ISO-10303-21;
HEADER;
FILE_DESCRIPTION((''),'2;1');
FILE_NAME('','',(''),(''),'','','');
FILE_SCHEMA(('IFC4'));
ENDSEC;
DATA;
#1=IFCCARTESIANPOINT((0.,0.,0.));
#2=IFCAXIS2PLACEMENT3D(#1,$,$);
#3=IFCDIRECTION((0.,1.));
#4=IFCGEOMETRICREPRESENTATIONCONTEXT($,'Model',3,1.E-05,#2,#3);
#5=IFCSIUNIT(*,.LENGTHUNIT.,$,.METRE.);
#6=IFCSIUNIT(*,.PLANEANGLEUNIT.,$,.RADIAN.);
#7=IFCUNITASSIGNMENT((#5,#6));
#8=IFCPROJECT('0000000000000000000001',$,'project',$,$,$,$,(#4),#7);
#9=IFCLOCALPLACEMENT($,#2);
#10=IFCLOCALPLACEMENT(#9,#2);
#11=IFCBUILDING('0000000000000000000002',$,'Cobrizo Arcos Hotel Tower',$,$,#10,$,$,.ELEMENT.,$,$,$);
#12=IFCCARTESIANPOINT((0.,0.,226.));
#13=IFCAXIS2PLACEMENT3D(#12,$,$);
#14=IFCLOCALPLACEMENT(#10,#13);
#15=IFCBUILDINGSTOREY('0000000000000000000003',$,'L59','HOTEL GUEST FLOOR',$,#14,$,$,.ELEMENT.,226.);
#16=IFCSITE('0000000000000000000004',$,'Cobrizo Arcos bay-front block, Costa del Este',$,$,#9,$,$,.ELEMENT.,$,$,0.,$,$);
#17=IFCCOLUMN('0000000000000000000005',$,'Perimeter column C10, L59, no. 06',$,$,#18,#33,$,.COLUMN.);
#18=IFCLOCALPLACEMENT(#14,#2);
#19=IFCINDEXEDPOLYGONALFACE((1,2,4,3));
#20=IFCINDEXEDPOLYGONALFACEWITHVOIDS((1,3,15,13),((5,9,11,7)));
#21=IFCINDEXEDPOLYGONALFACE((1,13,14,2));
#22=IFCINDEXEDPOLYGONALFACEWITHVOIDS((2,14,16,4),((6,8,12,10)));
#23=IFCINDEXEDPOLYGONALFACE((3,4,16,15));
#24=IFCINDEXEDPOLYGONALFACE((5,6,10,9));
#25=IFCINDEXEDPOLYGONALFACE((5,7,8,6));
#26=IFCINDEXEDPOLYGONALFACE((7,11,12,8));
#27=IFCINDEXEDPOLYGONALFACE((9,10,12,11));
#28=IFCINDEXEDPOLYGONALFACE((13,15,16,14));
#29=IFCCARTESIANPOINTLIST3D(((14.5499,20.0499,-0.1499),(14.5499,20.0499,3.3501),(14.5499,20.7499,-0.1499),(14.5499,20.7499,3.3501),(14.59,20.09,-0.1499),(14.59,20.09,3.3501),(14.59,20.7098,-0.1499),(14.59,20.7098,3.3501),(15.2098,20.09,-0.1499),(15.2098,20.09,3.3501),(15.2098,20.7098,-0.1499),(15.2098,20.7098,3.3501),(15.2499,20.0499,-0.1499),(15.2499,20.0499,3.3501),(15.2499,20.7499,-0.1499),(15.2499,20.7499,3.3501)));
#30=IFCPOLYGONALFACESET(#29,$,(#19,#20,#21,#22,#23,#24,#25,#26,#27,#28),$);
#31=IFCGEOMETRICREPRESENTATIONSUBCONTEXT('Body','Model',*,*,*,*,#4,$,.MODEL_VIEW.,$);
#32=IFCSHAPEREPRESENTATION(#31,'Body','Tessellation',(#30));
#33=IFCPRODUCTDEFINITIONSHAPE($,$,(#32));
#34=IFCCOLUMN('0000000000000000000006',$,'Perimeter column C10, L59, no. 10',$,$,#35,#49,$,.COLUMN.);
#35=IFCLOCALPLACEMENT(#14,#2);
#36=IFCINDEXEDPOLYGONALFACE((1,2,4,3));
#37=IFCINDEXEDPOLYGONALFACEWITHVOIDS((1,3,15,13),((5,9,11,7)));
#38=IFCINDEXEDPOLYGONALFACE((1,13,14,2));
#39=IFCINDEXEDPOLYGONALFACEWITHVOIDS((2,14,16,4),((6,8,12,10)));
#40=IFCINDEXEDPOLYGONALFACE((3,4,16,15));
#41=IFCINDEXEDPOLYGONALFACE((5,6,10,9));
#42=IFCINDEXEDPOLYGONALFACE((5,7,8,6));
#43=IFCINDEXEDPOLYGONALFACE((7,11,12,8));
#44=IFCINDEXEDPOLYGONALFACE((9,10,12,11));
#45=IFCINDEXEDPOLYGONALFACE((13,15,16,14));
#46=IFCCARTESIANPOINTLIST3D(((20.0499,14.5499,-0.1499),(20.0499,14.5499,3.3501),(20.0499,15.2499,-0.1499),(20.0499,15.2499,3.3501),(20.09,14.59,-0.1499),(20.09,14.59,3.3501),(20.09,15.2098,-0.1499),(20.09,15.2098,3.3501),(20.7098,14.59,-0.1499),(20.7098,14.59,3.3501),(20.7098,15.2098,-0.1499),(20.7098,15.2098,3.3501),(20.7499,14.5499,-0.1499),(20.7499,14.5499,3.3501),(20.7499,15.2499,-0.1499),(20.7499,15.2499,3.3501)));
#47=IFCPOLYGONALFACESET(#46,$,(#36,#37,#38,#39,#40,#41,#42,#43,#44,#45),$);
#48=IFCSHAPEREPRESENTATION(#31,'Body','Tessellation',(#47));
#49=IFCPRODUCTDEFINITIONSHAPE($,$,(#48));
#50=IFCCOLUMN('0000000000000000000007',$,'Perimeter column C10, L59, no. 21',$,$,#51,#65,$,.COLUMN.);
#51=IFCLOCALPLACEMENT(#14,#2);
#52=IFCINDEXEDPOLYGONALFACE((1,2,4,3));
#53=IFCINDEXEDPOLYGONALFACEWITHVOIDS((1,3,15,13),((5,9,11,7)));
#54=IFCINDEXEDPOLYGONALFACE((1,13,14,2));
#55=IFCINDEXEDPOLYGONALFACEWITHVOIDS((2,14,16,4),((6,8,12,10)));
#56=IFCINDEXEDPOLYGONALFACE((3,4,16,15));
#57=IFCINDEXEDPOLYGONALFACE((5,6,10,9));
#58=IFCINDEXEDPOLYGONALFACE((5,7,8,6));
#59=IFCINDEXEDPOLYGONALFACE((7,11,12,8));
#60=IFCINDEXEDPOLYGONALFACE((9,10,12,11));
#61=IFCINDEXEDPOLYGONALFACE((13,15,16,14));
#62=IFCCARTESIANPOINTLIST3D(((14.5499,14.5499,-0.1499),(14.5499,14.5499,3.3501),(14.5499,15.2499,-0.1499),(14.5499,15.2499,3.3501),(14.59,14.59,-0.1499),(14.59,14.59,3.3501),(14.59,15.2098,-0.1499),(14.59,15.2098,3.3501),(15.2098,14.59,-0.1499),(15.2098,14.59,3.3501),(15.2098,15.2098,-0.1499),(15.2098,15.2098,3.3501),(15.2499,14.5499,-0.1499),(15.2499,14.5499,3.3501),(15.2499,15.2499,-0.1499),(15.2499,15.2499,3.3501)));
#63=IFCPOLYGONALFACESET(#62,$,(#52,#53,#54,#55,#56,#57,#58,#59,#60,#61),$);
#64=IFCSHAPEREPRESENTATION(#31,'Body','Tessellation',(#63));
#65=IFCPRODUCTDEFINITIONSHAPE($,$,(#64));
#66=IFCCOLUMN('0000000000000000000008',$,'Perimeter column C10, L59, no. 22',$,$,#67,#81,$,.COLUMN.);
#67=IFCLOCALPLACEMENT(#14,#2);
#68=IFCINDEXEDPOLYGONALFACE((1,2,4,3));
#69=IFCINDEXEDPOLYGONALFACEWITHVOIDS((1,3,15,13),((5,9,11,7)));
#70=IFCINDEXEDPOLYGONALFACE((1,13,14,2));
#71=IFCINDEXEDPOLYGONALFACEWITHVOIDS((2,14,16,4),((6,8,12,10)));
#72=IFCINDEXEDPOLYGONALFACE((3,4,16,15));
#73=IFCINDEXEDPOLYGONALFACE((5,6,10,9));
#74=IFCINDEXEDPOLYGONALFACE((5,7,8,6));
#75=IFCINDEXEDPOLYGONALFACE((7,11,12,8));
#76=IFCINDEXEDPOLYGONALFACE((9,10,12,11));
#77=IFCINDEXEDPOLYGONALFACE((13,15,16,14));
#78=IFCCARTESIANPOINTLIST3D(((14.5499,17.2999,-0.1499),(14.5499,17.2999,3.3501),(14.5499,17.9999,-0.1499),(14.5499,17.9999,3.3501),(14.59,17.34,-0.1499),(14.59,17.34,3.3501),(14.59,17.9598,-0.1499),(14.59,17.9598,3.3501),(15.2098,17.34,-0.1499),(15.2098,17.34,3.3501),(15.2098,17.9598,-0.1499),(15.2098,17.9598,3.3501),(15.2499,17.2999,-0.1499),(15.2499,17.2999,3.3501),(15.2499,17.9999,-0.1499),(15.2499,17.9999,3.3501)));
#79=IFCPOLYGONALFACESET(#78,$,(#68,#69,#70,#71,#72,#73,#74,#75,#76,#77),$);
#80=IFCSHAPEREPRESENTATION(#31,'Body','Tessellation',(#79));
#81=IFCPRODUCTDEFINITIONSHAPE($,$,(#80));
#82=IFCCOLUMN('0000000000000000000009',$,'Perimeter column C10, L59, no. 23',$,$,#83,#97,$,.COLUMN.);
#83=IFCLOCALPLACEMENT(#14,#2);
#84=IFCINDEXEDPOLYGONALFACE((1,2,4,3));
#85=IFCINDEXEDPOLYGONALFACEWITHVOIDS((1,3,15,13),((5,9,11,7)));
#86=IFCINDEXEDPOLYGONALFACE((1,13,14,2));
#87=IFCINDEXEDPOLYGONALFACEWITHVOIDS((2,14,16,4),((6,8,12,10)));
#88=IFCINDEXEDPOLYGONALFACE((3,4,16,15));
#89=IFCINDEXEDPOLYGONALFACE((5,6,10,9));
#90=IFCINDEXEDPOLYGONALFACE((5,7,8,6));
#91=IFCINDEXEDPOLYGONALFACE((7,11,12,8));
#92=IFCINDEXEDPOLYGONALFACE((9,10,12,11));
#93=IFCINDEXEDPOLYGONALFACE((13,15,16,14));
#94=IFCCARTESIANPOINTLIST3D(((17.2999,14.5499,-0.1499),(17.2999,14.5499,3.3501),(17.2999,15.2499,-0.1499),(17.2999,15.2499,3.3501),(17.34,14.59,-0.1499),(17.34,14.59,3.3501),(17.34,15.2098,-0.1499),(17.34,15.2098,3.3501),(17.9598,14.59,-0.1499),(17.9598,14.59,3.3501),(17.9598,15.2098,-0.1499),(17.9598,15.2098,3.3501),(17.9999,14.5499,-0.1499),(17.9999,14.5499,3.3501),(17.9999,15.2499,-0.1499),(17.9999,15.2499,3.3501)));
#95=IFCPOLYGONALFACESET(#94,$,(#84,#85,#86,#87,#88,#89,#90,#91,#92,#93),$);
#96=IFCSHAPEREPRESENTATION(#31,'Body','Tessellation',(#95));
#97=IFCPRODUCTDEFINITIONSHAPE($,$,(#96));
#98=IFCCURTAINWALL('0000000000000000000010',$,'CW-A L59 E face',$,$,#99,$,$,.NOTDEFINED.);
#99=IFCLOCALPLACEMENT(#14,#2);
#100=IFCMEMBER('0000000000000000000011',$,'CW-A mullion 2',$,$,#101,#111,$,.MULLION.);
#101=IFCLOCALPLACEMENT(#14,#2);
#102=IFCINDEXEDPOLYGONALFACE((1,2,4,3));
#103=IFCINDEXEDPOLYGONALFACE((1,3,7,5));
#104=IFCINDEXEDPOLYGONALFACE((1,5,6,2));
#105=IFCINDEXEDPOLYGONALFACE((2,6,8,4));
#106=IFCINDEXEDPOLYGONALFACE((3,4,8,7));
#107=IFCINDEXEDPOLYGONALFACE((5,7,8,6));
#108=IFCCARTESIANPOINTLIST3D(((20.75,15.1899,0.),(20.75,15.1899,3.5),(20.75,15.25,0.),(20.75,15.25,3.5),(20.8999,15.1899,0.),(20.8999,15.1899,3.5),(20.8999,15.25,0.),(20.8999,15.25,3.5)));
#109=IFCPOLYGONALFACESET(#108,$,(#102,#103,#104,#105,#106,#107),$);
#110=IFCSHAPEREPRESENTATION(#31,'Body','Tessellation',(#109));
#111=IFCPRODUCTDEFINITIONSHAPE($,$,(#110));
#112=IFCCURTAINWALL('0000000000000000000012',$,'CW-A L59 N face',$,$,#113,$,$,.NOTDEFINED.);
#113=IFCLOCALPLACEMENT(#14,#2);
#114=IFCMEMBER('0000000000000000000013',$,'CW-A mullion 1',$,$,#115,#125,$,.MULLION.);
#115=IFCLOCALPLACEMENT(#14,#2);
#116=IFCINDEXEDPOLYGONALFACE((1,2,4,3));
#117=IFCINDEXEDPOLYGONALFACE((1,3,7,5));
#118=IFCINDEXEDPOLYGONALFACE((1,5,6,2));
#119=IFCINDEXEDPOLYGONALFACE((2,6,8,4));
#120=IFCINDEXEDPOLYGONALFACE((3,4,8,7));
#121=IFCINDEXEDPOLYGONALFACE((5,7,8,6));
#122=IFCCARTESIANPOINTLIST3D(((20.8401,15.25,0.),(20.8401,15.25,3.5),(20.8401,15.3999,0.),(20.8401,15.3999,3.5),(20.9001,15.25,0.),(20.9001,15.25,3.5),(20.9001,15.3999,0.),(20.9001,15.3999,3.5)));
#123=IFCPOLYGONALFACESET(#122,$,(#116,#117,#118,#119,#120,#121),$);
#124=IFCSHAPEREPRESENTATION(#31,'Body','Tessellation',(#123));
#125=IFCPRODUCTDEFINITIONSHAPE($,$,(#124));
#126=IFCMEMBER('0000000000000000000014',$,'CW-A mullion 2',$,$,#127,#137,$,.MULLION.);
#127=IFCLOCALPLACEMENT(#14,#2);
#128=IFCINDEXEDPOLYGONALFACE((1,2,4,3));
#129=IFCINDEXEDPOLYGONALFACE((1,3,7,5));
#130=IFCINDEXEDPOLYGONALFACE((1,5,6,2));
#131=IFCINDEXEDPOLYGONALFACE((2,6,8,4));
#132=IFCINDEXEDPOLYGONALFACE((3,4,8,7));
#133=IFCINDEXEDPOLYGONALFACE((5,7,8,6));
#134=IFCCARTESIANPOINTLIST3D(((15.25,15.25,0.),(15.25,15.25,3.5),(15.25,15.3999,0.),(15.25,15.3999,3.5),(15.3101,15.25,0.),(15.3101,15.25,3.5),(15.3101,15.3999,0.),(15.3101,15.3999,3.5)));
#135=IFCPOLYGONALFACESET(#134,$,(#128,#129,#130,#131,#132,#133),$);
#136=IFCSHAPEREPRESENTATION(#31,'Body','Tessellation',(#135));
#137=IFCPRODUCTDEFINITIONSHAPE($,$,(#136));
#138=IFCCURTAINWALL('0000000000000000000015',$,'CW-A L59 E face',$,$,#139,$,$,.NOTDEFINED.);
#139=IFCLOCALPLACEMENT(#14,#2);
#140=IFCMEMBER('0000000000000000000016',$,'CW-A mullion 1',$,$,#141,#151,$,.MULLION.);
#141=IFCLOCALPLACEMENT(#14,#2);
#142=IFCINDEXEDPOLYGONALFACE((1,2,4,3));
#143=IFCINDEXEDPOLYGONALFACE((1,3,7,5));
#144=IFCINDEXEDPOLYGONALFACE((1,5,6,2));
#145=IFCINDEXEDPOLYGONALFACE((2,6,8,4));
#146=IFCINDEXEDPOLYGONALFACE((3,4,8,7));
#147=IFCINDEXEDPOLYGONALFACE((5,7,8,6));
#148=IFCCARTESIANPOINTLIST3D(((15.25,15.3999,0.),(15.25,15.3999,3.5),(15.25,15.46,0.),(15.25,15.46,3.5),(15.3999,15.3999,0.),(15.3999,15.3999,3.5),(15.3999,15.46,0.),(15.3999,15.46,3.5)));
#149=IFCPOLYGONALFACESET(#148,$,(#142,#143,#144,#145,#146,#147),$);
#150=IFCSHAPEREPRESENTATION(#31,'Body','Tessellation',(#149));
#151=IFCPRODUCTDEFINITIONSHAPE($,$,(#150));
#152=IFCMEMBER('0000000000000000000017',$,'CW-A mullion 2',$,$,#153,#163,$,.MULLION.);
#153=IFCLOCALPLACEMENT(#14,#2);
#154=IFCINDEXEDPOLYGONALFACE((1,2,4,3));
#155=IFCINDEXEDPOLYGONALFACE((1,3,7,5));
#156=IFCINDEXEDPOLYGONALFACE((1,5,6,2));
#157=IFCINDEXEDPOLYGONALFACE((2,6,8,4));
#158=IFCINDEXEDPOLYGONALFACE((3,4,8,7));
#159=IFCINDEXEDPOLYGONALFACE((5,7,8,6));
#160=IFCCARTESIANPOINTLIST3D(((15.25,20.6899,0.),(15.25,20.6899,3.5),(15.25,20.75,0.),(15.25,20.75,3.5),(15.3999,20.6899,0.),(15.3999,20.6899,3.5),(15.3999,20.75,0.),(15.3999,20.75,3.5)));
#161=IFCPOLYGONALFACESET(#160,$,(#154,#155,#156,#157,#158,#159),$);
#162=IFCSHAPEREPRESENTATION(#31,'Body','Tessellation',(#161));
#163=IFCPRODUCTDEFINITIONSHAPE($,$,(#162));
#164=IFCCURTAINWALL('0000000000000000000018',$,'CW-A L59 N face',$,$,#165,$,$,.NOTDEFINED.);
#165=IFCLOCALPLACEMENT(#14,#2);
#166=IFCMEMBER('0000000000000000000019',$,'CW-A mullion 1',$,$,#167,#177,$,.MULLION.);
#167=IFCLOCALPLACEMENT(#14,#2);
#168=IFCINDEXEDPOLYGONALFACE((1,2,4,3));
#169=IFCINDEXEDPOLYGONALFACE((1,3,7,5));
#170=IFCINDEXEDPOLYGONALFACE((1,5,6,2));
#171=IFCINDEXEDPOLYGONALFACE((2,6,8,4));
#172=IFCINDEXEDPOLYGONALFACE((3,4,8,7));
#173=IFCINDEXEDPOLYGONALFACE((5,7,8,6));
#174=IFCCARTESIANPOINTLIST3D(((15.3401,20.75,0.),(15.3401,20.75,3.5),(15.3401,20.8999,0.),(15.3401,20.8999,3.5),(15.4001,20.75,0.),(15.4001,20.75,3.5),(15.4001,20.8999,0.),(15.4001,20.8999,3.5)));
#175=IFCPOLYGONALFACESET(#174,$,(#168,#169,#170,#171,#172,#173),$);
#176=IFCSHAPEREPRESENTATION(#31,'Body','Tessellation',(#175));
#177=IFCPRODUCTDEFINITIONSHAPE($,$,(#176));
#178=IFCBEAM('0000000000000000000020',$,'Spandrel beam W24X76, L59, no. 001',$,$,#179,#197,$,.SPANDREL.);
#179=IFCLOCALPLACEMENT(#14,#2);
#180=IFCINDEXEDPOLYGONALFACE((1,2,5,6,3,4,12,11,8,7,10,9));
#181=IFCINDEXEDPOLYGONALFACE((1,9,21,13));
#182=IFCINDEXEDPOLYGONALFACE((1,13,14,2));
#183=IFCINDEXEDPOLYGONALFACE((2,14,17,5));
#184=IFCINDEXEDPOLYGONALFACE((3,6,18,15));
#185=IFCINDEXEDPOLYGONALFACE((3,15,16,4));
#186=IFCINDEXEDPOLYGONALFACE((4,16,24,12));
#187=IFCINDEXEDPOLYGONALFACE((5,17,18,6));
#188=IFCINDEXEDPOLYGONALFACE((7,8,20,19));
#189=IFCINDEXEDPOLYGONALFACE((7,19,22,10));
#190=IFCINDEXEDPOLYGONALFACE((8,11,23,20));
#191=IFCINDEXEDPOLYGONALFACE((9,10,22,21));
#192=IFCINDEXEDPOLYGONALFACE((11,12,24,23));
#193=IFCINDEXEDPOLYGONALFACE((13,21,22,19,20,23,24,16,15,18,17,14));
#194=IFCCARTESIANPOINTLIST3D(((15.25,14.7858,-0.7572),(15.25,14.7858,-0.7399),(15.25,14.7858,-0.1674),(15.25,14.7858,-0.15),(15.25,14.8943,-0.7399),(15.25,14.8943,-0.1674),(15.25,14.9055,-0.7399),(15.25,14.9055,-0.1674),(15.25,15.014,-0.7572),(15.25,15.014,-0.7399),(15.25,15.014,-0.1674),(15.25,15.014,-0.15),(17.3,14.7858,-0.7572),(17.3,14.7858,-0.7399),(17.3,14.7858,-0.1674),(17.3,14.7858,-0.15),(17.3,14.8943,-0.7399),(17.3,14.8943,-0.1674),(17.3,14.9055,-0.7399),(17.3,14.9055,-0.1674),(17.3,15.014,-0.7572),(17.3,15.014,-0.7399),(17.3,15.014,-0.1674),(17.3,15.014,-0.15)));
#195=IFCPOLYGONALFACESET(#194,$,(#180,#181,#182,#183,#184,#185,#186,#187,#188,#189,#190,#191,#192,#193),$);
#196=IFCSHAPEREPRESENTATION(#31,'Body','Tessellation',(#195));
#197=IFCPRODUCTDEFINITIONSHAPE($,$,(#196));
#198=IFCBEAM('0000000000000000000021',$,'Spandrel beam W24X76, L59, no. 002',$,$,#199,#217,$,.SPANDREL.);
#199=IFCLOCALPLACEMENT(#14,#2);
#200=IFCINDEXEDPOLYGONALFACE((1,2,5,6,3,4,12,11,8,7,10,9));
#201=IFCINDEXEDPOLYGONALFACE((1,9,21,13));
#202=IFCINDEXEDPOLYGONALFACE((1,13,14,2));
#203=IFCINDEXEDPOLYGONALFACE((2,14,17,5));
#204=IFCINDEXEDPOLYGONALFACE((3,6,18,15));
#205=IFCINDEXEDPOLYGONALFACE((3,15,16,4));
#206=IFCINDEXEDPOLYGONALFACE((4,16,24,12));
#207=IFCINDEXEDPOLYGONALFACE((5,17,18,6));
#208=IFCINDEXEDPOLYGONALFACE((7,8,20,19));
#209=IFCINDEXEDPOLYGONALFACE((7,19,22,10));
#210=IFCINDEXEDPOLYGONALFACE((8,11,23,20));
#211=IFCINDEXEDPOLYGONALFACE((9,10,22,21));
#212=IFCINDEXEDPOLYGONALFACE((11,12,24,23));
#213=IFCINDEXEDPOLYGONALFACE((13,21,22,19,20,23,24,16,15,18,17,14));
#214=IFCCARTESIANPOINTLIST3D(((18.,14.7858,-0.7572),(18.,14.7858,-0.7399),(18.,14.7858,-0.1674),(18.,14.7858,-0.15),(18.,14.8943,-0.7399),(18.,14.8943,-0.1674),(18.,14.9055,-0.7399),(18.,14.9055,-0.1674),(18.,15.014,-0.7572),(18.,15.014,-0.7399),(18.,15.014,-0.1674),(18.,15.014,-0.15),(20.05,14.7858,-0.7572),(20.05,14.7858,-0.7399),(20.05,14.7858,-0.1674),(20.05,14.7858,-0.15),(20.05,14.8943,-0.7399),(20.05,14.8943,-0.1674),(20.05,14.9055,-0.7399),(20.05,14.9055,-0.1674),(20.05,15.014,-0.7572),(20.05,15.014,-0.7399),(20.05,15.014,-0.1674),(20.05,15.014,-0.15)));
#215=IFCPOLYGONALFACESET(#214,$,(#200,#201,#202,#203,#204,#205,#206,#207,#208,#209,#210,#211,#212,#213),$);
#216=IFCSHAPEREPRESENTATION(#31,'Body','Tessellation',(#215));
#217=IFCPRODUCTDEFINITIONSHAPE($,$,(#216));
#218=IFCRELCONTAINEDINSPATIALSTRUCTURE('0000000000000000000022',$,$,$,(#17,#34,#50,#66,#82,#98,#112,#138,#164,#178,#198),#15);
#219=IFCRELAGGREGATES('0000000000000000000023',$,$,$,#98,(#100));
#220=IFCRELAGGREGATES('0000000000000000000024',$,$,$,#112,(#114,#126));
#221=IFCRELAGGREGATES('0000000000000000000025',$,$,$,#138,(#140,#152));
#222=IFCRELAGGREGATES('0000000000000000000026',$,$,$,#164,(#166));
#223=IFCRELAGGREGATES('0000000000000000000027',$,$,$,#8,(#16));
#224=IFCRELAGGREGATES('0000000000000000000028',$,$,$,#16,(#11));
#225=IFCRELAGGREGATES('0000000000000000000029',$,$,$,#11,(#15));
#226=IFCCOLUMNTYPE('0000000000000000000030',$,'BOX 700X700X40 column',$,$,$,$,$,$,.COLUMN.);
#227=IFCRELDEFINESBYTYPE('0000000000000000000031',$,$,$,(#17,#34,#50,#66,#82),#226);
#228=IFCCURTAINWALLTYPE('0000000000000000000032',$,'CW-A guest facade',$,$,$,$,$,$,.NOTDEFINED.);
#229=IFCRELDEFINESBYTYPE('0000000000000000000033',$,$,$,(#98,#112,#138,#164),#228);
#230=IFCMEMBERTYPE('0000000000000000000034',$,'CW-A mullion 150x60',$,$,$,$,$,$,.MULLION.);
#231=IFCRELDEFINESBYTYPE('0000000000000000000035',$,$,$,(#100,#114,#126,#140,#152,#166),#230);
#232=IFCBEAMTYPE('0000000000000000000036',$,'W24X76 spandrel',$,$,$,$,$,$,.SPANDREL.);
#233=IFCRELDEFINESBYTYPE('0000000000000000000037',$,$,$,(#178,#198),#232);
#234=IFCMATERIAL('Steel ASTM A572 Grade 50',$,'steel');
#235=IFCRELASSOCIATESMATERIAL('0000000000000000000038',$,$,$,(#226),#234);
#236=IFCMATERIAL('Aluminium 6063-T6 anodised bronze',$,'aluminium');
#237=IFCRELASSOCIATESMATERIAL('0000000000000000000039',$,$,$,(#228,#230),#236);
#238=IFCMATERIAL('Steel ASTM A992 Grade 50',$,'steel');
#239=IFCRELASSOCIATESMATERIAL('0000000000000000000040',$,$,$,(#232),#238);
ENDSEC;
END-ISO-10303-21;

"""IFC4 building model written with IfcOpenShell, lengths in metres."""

from ifc_helpers import new_model, si_unit, direction, frame, origin, origin_2d, place, context, subcontext, project, spatial, rectangle, hollow_rectangle, i_section, extrude, material, material_profile, profile_set, type_object, element, aggregate, save


model = new_model("IFC4")

# Units and contexts
model_context = context("Model", 3, precision=1e-05, world=origin(), true_north=direction((0.0, 1.0)))
body_context = subcontext(model_context, "Body", "Model", "MODEL_VIEW")
ifc_project = project(units=[si_unit("LENGTHUNIT", "METRE"), si_unit("PLANEANGLEUNIT", "RADIAN")], contexts=[model_context])

# Site, building, storey
site_placement = place(None, origin())
site = spatial("IfcSite", under=ifc_project, at=site_placement, Name="Cobrizo Arcos bay-front block, Costa del Este", CompositionType="ELEMENT", RefElevation=0.0)
building_placement = place(site_placement, origin())
building = spatial("IfcBuilding", under=site, at=building_placement, Name="Cobrizo Arcos Hotel Tower", CompositionType="ELEMENT")
storey_placement = place(building_placement, frame((0.0, 0.0, 226.0)))
storey = spatial("IfcBuildingStorey", under=building, at=storey_placement, Name="L59", Description="HOTEL GUEST FLOOR", CompositionType="ELEMENT", Elevation=226.0)

# Columns
ifc_material_1 = material(Name="Steel ASTM A572 Grade 50", Category="steel")
ifc_material_profile_1 = material_profile(ifc_material_1, hollow_rectangle(XDim=0.7, YDim=0.7, WallThickness=0.04, at=origin_2d()), Name="BOX 700X700X40")
ifc_profile_set_1 = profile_set([ifc_material_profile_1], Name="Steel ASTM A572 Grade 50")
column_type = type_object("IfcColumnType", Name="BOX 700X700X40 column", PredefinedType="COLUMN", material=ifc_profile_set_1)
for number, where, z_axis, x_axis, name in (
    (1, (14.8999, 20.3999, -0.1499), (0.0, 0.0, 1.0), (1.0, 0.0, 0.0), "Perimeter column C10, L59, no. 06"),
    (2, (20.3999, 14.8999, -0.1499), (0.0, 0.0, 1.0), (1.0, 0.0, 0.0), "Perimeter column C10, L59, no. 10"),
    (3, (14.8999, 14.8999, -0.1499), (0.0, 0.0, 1.0), (1.0, 0.0, 0.0), "Perimeter column C10, L59, no. 21"),
    (4, (14.8999, 17.6499, -0.1499), (0.0, 0.0, 1.0), (1.0, 0.0, 0.0), "Perimeter column C10, L59, no. 22"),
    (5, (17.6499, 14.8999, -0.1499), (0.0, 0.0, 1.0), (1.0, 0.0, 0.0), "Perimeter column C10, L59, no. 23"),
):
    element("IfcColumn", number, at=place(storey_placement, frame(where, z_axis=z_axis, x_axis=x_axis)), inside=storey, type_object=column_type, Name=name, PredefinedType="COLUMN", context=body_context, shape_type="SweptSolid", body=[
        extrude(hollow_rectangle(XDim=0.7, YDim=0.7, WallThickness=0.04, at=origin_2d()), origin(), (0.0, 0.0, 1.0), 3.5),
    ])

# Curtain wall, member
ifc_material_2 = material(Name="Aluminium 6063-T6 anodised bronze", Category="aluminium")
curtain_wall_type = type_object("IfcCurtainWallType", Name="CW-A guest facade", PredefinedType="NOTDEFINED", material=ifc_material_2)
curtain_wall_1_placement = place(storey_placement, origin())
curtain_wall_1 = element("IfcCurtainWall", 6, at=curtain_wall_1_placement, inside=storey, type_object=curtain_wall_type, Name="CW-A L59 E face", PredefinedType="NOTDEFINED")
ifc_material_profile_2 = material_profile(ifc_material_2, rectangle(XDim=0.1499, YDim=0.0601, at=origin_2d()), Name="CW-A mullion 150x60")
ifc_profile_set_2 = profile_set([ifc_material_profile_2], Name="Aluminium 6063-T6 anodised bronze")
member_type = type_object("IfcMemberType", Name="CW-A mullion 150x60", PredefinedType="MULLION", material=ifc_profile_set_2)
member_1_placement = place(storey_placement, frame((20.825, 15.22, 0.0), z_axis=(0.0, 0.0, 1.0), x_axis=(1.0, 0.0, 0.0)))
member_1 = element("IfcMember", 7, at=member_1_placement, type_object=member_type, Name="CW-A mullion 2", PredefinedType="MULLION", context=body_context, shape_type="SweptSolid", body=[
    extrude(rectangle(XDim=0.1499, YDim=0.0601, at=origin_2d()), origin(), (0.0, 0.0, 1.0), 3.5),
])

# Curtain walls, members
curtain_wall_2_placement = place(storey_placement, origin())
curtain_wall_2 = element("IfcCurtainWall", 8, at=curtain_wall_2_placement, inside=storey, type_object=curtain_wall_type, Name="CW-A L59 N face", PredefinedType="NOTDEFINED")
member_2_placement = place(storey_placement, frame((20.8701, 15.325, 0.0), z_axis=(0.0, 0.0, 1.0), x_axis=(0.0, 1.0, 0.0)))
member_2 = element("IfcMember", 9, at=member_2_placement, type_object=member_type, Name="CW-A mullion 1", PredefinedType="MULLION", context=body_context, shape_type="SweptSolid", body=[
    extrude(rectangle(XDim=0.1499, YDim=0.0601, at=origin_2d()), origin(), (0.0, 0.0, 1.0), 3.5),
])
member_3_placement = place(storey_placement, frame((15.28, 15.325, 0.0), z_axis=(0.0, 0.0, 1.0), x_axis=(0.0, 1.0, 0.0)))
member_3 = element("IfcMember", 10, at=member_3_placement, type_object=member_type, Name="CW-A mullion 2", PredefinedType="MULLION", context=body_context, shape_type="SweptSolid", body=[
    extrude(rectangle(XDim=0.1499, YDim=0.0601, at=origin_2d()), origin(), (0.0, 0.0, 1.0), 3.5),
])
curtain_wall_3_placement = place(storey_placement, origin())
curtain_wall_3 = element("IfcCurtainWall", 11, at=curtain_wall_3_placement, inside=storey, type_object=curtain_wall_type, Name="CW-A L59 E face", PredefinedType="NOTDEFINED")
member_4_placement = place(storey_placement, frame((15.325, 15.4299, 0.0), z_axis=(0.0, 0.0, 1.0), x_axis=(1.0, 0.0, 0.0)))
member_4 = element("IfcMember", 12, at=member_4_placement, type_object=member_type, Name="CW-A mullion 1", PredefinedType="MULLION", context=body_context, shape_type="SweptSolid", body=[
    extrude(rectangle(XDim=0.1499, YDim=0.0601, at=origin_2d()), origin(), (0.0, 0.0, 1.0), 3.5),
])
member_5_placement = place(storey_placement, frame((15.325, 20.72, 0.0), z_axis=(0.0, 0.0, 1.0), x_axis=(1.0, 0.0, 0.0)))
member_5 = element("IfcMember", 13, at=member_5_placement, type_object=member_type, Name="CW-A mullion 2", PredefinedType="MULLION", context=body_context, shape_type="SweptSolid", body=[
    extrude(rectangle(XDim=0.1499, YDim=0.0601, at=origin_2d()), origin(), (0.0, 0.0, 1.0), 3.5),
])

# Curtain wall, member
curtain_wall_4_placement = place(storey_placement, origin())
curtain_wall_4 = element("IfcCurtainWall", 14, at=curtain_wall_4_placement, inside=storey, type_object=curtain_wall_type, Name="CW-A L59 N face", PredefinedType="NOTDEFINED")
member_6_placement = place(storey_placement, frame((15.3701, 20.825, 0.0), z_axis=(0.0, 0.0, 1.0), x_axis=(0.0, 1.0, 0.0)))
member_6 = element("IfcMember", 15, at=member_6_placement, type_object=member_type, Name="CW-A mullion 1", PredefinedType="MULLION", context=body_context, shape_type="SweptSolid", body=[
    extrude(rectangle(XDim=0.1499, YDim=0.0601, at=origin_2d()), origin(), (0.0, 0.0, 1.0), 3.5),
])

# Beams
ifc_material_3 = material(Name="Steel ASTM A992 Grade 50", Category="steel")
ifc_material_profile_3 = material_profile(ifc_material_3, i_section(OverallWidth=0.2283, OverallDepth=0.6072, WebThickness=0.0112, FlangeThickness=0.0173, at=origin_2d()), Name="W24X76")
ifc_profile_set_3 = profile_set([ifc_material_profile_3], Name="Steel ASTM A992 Grade 50")
beam_type = type_object("IfcBeamType", Name="W24X76 spandrel", PredefinedType="SPANDREL", material=ifc_profile_set_3)
for number, where, z_axis, x_axis, name in (
    (16, (15.25, 14.8999, -0.4536), (1.0, 0.0, 0.0), (0.0, 1.0, 0.0), "Spandrel beam W24X76, L59, no. 001"),
    (17, (18.0, 14.8999, -0.4536), (1.0, 0.0, 0.0), (0.0, 1.0, 0.0), "Spandrel beam W24X76, L59, no. 002"),
):
    element("IfcBeam", number, at=place(storey_placement, frame(where, z_axis=z_axis, x_axis=x_axis)), inside=storey, type_object=beam_type, Name=name, PredefinedType="SPANDREL", context=body_context, shape_type="SweptSolid", body=[
        extrude(i_section(OverallWidth=0.2283, OverallDepth=0.6072, WebThickness=0.0112, FlangeThickness=0.0173, at=origin_2d()), origin(), (0.0, 0.0, 1.0), 2.05),
    ])

aggregate(curtain_wall_1, [member_1])
aggregate(curtain_wall_2, [member_2, member_3])
aggregate(curtain_wall_3, [member_4, member_5])
aggregate(curtain_wall_4, [member_6])

save(model, "model.ifc")
